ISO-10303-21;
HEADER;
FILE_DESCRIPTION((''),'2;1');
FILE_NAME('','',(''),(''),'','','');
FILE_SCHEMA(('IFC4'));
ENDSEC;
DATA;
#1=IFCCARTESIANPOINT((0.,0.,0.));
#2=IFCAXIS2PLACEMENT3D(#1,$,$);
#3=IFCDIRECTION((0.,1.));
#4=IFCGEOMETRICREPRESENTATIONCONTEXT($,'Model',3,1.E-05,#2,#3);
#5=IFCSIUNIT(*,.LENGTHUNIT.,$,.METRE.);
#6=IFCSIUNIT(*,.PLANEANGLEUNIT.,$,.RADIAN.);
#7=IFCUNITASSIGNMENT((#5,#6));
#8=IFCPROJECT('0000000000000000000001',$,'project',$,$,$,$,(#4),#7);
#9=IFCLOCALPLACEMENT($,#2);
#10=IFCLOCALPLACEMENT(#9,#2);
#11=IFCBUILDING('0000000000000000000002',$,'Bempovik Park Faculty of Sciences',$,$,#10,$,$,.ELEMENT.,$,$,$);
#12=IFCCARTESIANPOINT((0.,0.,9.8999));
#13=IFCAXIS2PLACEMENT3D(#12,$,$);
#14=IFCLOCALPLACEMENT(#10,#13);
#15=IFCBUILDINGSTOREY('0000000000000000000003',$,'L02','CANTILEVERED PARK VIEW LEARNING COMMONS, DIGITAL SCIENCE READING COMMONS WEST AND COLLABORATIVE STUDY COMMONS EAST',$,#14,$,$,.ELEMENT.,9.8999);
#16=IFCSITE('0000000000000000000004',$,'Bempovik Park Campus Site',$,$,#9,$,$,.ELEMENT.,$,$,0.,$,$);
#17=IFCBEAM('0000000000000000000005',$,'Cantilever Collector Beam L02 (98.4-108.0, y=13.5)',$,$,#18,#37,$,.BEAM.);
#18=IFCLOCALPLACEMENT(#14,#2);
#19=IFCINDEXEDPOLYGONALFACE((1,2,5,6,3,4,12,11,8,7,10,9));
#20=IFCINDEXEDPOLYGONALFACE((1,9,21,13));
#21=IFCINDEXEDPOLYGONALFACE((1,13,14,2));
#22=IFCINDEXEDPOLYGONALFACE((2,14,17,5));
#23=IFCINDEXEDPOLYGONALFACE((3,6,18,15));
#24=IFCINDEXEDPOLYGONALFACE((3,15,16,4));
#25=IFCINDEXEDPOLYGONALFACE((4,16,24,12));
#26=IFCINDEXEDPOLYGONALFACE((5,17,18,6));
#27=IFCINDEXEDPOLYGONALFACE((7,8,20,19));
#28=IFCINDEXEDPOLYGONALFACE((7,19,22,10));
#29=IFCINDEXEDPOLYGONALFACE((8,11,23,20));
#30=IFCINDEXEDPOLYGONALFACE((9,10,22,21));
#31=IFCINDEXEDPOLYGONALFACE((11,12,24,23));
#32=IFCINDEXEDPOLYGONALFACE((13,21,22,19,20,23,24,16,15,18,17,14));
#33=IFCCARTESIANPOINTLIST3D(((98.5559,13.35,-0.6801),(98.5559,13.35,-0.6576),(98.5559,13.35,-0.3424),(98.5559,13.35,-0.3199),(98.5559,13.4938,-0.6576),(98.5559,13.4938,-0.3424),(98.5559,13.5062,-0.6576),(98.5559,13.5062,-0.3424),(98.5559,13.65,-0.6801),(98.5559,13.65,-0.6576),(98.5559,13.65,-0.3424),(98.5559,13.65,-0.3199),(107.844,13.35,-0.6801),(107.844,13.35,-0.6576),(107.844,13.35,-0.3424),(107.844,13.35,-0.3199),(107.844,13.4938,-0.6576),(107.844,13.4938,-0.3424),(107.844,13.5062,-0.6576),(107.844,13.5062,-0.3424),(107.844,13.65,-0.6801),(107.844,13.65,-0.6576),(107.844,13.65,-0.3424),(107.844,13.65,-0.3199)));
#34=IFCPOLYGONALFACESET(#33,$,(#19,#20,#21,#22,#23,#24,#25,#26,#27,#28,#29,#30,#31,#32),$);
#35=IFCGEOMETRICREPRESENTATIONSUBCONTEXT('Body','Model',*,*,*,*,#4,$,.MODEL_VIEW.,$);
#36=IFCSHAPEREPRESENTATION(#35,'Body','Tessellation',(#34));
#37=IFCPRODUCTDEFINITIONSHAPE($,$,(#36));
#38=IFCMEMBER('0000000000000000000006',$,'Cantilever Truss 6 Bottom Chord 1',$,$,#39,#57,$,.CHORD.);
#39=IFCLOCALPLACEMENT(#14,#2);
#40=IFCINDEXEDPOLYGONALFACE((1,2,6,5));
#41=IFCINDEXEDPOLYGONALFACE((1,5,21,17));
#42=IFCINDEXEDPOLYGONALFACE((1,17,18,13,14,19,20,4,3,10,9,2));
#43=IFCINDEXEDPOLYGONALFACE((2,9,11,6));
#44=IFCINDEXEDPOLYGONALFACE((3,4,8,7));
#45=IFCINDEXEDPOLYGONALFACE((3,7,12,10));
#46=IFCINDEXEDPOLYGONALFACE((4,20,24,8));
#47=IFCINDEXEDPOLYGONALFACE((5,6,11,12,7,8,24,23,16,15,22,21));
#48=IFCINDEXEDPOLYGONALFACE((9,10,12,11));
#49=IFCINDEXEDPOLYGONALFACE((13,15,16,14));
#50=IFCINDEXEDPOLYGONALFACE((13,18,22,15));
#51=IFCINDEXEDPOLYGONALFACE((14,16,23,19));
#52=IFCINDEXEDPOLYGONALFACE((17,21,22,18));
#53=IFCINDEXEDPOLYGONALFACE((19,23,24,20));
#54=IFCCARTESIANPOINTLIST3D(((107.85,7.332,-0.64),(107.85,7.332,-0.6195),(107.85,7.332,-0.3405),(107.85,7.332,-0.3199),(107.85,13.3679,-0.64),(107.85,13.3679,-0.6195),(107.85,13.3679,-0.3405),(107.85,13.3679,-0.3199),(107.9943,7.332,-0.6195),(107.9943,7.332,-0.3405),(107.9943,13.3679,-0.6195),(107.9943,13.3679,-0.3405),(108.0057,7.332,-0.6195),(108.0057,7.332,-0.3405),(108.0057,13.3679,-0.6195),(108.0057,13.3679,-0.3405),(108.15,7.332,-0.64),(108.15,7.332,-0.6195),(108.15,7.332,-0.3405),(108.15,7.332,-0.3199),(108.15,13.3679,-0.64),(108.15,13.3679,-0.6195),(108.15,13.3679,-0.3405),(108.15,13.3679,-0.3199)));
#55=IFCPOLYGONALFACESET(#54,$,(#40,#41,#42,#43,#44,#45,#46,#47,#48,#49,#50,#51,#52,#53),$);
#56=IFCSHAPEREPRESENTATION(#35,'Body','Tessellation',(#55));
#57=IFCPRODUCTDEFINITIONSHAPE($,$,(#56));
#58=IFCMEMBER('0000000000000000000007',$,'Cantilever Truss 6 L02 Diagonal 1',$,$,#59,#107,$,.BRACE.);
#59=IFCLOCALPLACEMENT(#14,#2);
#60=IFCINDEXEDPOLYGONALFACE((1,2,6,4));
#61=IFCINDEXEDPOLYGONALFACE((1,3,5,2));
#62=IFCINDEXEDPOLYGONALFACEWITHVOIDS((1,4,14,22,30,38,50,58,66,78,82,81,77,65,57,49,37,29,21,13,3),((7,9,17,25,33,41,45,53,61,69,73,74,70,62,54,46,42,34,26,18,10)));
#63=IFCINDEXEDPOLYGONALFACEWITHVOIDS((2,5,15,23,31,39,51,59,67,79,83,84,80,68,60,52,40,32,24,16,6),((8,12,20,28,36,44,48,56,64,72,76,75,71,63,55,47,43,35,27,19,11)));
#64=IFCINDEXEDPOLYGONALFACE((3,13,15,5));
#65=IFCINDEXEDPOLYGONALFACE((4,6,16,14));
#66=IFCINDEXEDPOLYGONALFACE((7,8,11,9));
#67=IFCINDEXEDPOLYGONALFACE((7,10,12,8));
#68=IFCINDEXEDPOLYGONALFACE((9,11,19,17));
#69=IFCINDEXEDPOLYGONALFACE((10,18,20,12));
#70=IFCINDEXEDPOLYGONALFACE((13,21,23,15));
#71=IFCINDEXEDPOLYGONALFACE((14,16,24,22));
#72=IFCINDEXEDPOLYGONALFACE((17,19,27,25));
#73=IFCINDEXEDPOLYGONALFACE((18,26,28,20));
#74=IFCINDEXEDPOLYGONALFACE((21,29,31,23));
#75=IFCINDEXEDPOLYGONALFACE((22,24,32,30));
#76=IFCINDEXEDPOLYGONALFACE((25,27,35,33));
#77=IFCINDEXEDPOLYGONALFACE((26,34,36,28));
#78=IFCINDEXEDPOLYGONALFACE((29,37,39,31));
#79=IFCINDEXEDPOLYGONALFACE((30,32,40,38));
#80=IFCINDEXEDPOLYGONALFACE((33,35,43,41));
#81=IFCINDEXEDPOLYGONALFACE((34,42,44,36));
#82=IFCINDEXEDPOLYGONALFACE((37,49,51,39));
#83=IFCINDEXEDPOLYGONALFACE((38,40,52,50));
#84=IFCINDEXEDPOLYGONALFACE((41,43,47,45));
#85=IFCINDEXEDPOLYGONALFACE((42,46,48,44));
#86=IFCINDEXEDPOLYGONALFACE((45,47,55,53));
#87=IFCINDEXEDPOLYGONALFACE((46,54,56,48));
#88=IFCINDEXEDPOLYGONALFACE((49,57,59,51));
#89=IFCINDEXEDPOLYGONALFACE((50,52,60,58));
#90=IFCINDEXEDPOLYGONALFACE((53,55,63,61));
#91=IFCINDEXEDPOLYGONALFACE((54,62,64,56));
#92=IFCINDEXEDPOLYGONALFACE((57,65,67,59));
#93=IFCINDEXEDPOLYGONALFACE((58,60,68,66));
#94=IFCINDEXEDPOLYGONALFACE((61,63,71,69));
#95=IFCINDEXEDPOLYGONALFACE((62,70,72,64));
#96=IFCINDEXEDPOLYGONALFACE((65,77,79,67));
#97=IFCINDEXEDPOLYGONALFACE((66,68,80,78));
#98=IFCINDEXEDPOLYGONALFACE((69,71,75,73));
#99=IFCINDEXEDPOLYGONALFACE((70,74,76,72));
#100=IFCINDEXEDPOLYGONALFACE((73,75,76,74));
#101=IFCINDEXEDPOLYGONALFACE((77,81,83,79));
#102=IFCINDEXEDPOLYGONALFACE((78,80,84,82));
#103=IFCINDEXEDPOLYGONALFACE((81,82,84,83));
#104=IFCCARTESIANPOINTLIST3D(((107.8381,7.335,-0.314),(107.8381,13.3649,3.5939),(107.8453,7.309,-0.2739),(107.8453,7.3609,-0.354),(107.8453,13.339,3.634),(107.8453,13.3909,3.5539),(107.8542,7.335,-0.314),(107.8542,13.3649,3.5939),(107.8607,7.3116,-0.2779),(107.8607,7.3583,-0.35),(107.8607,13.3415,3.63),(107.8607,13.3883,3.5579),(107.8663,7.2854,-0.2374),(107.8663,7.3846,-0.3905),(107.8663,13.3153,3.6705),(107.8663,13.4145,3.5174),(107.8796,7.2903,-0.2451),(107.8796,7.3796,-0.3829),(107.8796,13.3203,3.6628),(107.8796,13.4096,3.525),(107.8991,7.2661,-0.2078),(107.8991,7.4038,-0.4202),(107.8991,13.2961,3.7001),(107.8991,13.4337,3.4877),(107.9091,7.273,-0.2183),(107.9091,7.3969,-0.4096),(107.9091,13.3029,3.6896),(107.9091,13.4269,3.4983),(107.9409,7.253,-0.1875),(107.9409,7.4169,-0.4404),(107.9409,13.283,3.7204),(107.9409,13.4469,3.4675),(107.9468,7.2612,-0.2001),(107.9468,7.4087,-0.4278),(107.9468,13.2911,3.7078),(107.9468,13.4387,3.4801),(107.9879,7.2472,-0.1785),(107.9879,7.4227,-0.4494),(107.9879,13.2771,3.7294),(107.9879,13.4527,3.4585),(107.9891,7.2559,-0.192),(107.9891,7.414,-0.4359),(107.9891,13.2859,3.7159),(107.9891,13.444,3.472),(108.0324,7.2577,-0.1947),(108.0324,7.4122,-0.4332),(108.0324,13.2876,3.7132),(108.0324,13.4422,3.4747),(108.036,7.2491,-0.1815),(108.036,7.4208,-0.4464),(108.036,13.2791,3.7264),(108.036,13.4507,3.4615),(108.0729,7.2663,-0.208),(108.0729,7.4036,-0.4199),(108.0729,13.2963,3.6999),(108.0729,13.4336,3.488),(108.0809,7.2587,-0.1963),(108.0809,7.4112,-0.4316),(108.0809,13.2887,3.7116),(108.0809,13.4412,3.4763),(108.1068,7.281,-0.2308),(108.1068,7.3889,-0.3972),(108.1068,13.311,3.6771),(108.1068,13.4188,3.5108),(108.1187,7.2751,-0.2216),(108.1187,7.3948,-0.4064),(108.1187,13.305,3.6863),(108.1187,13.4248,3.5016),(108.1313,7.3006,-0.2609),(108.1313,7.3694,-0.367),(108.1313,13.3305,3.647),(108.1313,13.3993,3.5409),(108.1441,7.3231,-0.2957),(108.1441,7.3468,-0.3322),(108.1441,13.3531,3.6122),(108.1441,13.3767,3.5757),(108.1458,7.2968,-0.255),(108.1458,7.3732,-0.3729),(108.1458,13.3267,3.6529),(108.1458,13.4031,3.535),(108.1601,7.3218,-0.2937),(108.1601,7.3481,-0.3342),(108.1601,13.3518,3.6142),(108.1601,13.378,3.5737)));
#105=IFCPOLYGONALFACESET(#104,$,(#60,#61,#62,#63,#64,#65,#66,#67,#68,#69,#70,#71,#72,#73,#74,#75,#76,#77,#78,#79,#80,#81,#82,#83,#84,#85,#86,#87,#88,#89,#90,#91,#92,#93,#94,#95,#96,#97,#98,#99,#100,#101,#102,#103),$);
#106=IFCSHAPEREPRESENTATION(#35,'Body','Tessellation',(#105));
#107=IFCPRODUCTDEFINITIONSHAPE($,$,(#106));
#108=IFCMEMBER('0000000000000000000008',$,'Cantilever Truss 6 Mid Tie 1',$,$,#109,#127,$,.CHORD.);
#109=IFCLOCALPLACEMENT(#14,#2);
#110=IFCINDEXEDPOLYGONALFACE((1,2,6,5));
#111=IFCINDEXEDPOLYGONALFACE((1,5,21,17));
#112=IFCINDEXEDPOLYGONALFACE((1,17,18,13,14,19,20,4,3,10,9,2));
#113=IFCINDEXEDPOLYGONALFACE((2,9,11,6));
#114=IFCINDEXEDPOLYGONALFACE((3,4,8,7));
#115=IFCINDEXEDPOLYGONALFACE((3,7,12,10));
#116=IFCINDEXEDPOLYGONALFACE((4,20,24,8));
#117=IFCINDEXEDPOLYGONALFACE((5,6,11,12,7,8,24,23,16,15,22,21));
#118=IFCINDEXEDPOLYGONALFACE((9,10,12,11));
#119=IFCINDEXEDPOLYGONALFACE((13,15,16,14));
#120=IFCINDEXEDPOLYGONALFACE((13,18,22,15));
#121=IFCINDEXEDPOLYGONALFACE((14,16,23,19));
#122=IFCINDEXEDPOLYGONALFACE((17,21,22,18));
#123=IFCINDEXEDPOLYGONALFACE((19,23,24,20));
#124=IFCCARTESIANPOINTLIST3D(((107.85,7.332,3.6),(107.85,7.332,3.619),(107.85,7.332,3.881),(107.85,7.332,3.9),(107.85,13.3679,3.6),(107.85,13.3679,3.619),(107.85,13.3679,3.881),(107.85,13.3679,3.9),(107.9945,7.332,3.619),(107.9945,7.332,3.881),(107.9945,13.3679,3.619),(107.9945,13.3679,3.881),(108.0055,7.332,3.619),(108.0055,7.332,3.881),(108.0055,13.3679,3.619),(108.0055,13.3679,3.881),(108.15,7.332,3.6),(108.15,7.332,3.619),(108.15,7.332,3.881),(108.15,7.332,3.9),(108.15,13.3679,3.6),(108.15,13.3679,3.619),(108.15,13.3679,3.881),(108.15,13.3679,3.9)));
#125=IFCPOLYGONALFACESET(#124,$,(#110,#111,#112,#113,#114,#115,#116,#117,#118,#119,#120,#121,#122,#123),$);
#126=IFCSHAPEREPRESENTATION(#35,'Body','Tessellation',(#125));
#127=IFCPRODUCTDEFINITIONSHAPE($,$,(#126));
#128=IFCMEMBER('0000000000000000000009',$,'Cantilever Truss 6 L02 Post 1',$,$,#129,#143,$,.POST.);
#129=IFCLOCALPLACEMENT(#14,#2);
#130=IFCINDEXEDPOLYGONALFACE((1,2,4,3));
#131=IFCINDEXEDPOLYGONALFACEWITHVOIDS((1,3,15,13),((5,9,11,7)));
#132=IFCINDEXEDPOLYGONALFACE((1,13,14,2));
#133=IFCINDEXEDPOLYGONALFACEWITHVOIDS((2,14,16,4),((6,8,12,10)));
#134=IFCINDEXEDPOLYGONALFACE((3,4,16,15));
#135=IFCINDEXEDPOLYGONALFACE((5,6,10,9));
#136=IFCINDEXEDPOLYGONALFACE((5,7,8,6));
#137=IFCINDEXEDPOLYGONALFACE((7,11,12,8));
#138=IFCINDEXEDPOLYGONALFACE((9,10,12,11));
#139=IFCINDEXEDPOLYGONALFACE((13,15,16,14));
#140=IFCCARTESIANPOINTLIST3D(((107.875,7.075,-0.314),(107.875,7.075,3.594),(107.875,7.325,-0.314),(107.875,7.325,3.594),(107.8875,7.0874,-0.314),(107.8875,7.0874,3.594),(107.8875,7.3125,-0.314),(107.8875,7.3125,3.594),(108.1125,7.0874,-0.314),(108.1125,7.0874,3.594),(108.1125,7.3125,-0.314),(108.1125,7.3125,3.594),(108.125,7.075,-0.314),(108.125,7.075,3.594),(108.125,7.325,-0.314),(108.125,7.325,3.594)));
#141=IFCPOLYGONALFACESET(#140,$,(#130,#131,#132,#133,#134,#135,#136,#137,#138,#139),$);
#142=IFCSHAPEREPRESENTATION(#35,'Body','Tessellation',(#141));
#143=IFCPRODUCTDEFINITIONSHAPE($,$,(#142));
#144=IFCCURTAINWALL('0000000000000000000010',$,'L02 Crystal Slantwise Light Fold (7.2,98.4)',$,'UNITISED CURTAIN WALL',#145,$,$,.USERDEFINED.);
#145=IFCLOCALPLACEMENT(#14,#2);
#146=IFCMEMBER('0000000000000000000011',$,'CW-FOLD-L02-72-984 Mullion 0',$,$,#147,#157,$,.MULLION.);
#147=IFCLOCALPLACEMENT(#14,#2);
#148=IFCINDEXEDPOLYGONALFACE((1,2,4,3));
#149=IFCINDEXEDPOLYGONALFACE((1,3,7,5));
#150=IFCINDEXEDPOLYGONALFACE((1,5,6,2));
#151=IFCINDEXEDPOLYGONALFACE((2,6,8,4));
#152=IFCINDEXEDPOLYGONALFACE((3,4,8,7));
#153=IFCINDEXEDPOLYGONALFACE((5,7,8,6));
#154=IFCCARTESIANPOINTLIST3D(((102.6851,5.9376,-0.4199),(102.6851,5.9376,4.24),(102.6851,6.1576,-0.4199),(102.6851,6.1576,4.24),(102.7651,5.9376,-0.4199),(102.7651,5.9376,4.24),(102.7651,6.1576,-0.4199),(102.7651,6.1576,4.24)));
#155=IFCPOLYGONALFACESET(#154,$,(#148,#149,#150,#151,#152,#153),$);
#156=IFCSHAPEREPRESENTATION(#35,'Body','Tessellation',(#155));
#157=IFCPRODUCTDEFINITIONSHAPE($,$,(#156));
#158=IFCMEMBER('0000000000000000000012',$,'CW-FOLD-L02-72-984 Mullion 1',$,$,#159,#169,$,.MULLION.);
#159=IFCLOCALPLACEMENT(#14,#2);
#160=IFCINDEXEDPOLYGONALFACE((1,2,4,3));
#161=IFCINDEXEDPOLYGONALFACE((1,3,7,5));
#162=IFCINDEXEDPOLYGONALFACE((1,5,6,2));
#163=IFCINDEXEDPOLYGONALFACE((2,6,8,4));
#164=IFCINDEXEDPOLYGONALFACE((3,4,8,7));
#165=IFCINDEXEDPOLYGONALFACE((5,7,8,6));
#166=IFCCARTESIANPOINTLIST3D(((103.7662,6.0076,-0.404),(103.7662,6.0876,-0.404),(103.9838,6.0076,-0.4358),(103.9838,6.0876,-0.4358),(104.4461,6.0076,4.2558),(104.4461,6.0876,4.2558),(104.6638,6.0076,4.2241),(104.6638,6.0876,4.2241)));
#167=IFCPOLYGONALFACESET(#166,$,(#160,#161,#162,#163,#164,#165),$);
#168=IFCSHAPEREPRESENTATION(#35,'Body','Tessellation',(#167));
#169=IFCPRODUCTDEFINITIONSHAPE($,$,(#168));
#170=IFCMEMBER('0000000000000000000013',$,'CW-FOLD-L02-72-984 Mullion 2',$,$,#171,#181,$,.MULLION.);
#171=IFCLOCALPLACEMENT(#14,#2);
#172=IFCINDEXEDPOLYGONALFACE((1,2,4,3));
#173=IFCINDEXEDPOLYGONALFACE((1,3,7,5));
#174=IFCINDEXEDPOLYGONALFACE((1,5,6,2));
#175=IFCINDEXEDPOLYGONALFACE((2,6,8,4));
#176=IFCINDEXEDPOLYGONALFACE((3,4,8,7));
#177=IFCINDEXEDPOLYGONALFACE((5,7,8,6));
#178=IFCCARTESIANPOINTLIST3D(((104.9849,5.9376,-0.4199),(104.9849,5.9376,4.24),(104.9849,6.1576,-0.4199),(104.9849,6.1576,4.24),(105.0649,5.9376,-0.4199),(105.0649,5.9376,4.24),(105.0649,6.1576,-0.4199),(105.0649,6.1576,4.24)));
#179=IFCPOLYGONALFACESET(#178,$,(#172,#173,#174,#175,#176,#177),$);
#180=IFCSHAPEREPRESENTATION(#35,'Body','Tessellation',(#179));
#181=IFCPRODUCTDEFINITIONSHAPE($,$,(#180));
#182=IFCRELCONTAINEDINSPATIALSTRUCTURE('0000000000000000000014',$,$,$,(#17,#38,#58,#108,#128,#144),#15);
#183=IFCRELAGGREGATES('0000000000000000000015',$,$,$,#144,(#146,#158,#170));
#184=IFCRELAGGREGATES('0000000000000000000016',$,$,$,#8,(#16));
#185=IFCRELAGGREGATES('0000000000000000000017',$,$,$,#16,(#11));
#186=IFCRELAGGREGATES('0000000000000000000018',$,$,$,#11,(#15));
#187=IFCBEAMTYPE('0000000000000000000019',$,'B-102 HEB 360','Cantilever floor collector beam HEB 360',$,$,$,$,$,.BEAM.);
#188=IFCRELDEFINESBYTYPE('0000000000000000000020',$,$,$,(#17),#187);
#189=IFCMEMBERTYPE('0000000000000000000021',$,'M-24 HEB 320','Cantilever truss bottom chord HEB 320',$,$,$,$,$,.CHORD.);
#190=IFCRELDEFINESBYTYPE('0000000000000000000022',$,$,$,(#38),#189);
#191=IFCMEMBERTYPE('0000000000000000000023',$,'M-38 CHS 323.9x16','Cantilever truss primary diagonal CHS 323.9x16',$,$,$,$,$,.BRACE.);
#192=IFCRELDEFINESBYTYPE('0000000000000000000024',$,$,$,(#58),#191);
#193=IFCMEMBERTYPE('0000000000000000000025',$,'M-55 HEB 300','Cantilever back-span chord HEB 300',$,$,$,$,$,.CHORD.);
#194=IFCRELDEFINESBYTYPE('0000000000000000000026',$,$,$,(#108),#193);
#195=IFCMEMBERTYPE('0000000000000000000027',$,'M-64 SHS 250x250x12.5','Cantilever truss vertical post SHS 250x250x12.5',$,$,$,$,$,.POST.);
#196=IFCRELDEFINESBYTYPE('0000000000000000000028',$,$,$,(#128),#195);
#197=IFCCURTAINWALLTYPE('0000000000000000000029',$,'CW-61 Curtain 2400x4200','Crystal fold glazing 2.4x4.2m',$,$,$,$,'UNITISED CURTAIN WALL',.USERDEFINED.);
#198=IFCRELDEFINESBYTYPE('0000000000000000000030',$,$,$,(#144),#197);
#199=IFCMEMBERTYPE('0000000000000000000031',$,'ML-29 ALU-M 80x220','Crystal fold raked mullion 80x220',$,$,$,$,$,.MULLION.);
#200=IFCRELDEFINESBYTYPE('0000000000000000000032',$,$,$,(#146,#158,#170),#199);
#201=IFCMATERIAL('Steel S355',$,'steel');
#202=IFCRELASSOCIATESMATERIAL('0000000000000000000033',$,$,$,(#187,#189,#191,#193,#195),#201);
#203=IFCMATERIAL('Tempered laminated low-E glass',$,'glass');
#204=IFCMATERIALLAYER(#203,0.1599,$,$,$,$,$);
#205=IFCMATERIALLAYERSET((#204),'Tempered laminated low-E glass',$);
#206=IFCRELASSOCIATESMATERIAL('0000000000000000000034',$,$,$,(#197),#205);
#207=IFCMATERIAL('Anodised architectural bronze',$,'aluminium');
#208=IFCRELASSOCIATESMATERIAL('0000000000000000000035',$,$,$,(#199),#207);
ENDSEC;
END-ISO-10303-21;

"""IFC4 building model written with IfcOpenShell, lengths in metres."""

from ifc_helpers import new_model, si_unit, direction, frame, origin, origin_2d, place, context, subcontext, project, spatial, rectangle, hollow_rectangle, hollow_circle, i_section, extrude, material, layer, layer_set, material_profile, profile_set, type_object, element, aggregate, save


model = new_model("IFC4")

# Units and contexts
model_context = context("Model", 3, precision=1e-05, world=origin(), true_north=direction((0.0, 1.0)))
body_context = subcontext(model_context, "Body", "Model", "MODEL_VIEW")
ifc_project = project(units=[si_unit("LENGTHUNIT", "METRE"), si_unit("PLANEANGLEUNIT", "RADIAN")], contexts=[model_context])

# Site, building, storey
site_placement = place(None, origin())
site = spatial("IfcSite", under=ifc_project, at=site_placement, Name="Bempovik Park Campus Site", CompositionType="ELEMENT", RefElevation=0.0)
building_placement = place(site_placement, origin())
building = spatial("IfcBuilding", under=site, at=building_placement, Name="Bempovik Park Faculty of Sciences", CompositionType="ELEMENT")
storey_placement = place(building_placement, frame((0.0, 0.0, 9.8999)))
storey = spatial("IfcBuildingStorey", under=building, at=storey_placement, Name="L02", Description="CANTILEVERED PARK VIEW LEARNING COMMONS, DIGITAL SCIENCE READING COMMONS WEST AND COLLABORATIVE STUDY COMMONS EAST", CompositionType="ELEMENT", Elevation=9.8999)

# Beam
ifc_material_1 = material(Name="Steel S355", Category="steel")
ifc_material_profile_1 = material_profile(ifc_material_1, i_section(OverallWidth=0.3, OverallDepth=0.3601, WebThickness=0.0125, FlangeThickness=0.0225, at=origin_2d()), Name="HEB 360")
ifc_profile_set_1 = profile_set([ifc_material_profile_1], Name="Steel S355")
beam_type = type_object("IfcBeamType", Name="B-102 HEB 360", Description="Cantilever floor collector beam HEB 360", PredefinedType="BEAM", material=ifc_profile_set_1)
beam_placement = place(storey_placement, frame((98.5559, 13.5, -0.5), z_axis=(1.0, 0.0, 0.0), x_axis=(0.0, 1.0, 0.0)))
element("IfcBeam", 1, at=beam_placement, inside=storey, type_object=beam_type, Name="Cantilever Collector Beam L02 (98.4-108.0, y=13.5)", PredefinedType="BEAM", context=body_context, shape_type="SweptSolid", body=[
    extrude(i_section(OverallWidth=0.3, OverallDepth=0.3601, WebThickness=0.0125, FlangeThickness=0.0225, at=origin_2d()), origin(), (0.0, 0.0, 1.0), 9.2881),
])

# Members
ifc_material_profile_2 = material_profile(ifc_material_1, i_section(OverallWidth=0.3, OverallDepth=0.3201, WebThickness=0.0115, FlangeThickness=0.0205, at=origin_2d()), Name="HEB 320")
ifc_profile_set_2 = profile_set([ifc_material_profile_2], Name="Steel S355")
member_type_1 = type_object("IfcMemberType", Name="M-24 HEB 320", Description="Cantilever truss bottom chord HEB 320", PredefinedType="CHORD", material=ifc_profile_set_2)
member_1_placement = place(storey_placement, frame((108.0, 7.332, -0.48), z_axis=(0.0, 1.0, 0.0), x_axis=(-1.0, 0.0, 0.0)))
element("IfcMember", 2, at=member_1_placement, inside=storey, type_object=member_type_1, Name="Cantilever Truss 6 Bottom Chord 1", PredefinedType="CHORD", context=body_context, shape_type="SweptSolid", body=[
    extrude(i_section(OverallWidth=0.3, OverallDepth=0.3201, WebThickness=0.0115, FlangeThickness=0.0205, at=origin_2d()), origin(), (0.0, 0.0, 1.0), 6.0359),
])
ifc_material_profile_3 = material_profile(ifc_material_1, hollow_circle(Radius=0.1619, WallThickness=0.0161, at=origin_2d()), Name="CHS 323.9x16")
ifc_profile_set_3 = profile_set([ifc_material_profile_3], Name="Steel S355")
member_type_2 = type_object("IfcMemberType", Name="M-38 CHS 323.9x16", Description="Cantilever truss primary diagonal CHS 323.9x16", PredefinedType="BRACE", material=ifc_profile_set_3)
member_2_placement = place(storey_placement, frame((108.0, 7.335, -0.314), z_axis=(0.0, 0.839178, 0.543857), x_axis=(-1.0, 0.0, 0.0)))
element("IfcMember", 3, at=member_2_placement, inside=storey, type_object=member_type_2, Name="Cantilever Truss 6 L02 Diagonal 1", PredefinedType="BRACE", context=body_context, shape_type="SweptSolid", body=[
    extrude(hollow_circle(Radius=0.1619, WallThickness=0.0161, at=origin_2d()), origin(), (0.0, 0.0, 1.0), 7.1855),
])
ifc_material_profile_4 = material_profile(ifc_material_1, i_section(OverallWidth=0.3, OverallDepth=0.3, WebThickness=0.011, FlangeThickness=0.019, at=origin_2d()), Name="HEB 300")
ifc_profile_set_4 = profile_set([ifc_material_profile_4], Name="Steel S355")
member_type_3 = type_object("IfcMemberType", Name="M-55 HEB 300", Description="Cantilever back-span chord HEB 300", PredefinedType="CHORD", material=ifc_profile_set_4)
member_3_placement = place(storey_placement, frame((108.0, 7.332, 3.75), z_axis=(0.0, 1.0, 0.0), x_axis=(-1.0, 0.0, 0.0)))
element("IfcMember", 4, at=member_3_placement, inside=storey, type_object=member_type_3, Name="Cantilever Truss 6 Mid Tie 1", PredefinedType="CHORD", context=body_context, shape_type="SweptSolid", body=[
    extrude(i_section(OverallWidth=0.3, OverallDepth=0.3, WebThickness=0.011, FlangeThickness=0.019, at=origin_2d()), origin(), (0.0, 0.0, 1.0), 6.0359),
])
ifc_material_profile_5 = material_profile(ifc_material_1, hollow_rectangle(XDim=0.25, YDim=0.25, WallThickness=0.0125, at=origin_2d()), Name="SHS 250x250x12.5")
ifc_profile_set_5 = profile_set([ifc_material_profile_5], Name="Steel S355")
member_type_4 = type_object("IfcMemberType", Name="M-64 SHS 250x250x12.5", Description="Cantilever truss vertical post SHS 250x250x12.5", PredefinedType="POST", material=ifc_profile_set_5)
member_4_placement = place(storey_placement, frame((108.0, 7.2, -0.314), z_axis=(0.0, 0.0, 1.0), x_axis=(1.0, 0.0, 0.0)))
element("IfcMember", 5, at=member_4_placement, inside=storey, type_object=member_type_4, Name="Cantilever Truss 6 L02 Post 1", PredefinedType="POST", context=body_context, shape_type="SweptSolid", body=[
    extrude(hollow_rectangle(XDim=0.25, YDim=0.25, WallThickness=0.0125, at=origin_2d()), origin(), (0.0, 0.0, 1.0), 3.908),
])

# Curtain wall, members
ifc_material_2 = material(Name="Tempered laminated low-E glass", Category="glass")
ifc_layer_1 = layer(ifc_material_2, 0.1599)
ifc_layer_set_1 = layer_set([ifc_layer_1], Name="Tempered laminated low-E glass")
curtain_wall_type = type_object("IfcCurtainWallType", Name="CW-61 Curtain 2400x4200", Description="Crystal fold glazing 2.4x4.2m", ElementType="UNITISED CURTAIN WALL", PredefinedType="USERDEFINED", material=ifc_layer_set_1)
curtain_wall_placement = place(storey_placement, origin())
curtain_wall = element("IfcCurtainWall", 6, at=curtain_wall_placement, inside=storey, type_object=curtain_wall_type, Name="L02 Crystal Slantwise Light Fold (7.2,98.4)", ObjectType="UNITISED CURTAIN WALL", PredefinedType="USERDEFINED")
ifc_material_3 = material(Name="Anodised architectural bronze", Category="aluminium")
ifc_material_profile_6 = material_profile(ifc_material_3, rectangle(XDim=0.0801, YDim=0.22, at=origin_2d()), Name="ALU-M 80x220")
ifc_profile_set_6 = profile_set([ifc_material_profile_6], Name="Anodised architectural bronze")
member_type_5 = type_object("IfcMemberType", Name="ML-29 ALU-M 80x220", Description="Crystal fold raked mullion 80x220", PredefinedType="MULLION", material=ifc_profile_set_6)
member_5_placement = place(storey_placement, frame((102.7251, 6.0476, -0.4199), z_axis=(0.0, 0.0, 1.0), x_axis=(1.0, 0.0, 0.0)))
member_5 = element("IfcMember", 7, at=member_5_placement, type_object=member_type_5, Name="CW-FOLD-L02-72-984 Mullion 0", PredefinedType="MULLION", context=body_context, shape_type="SweptSolid", body=[
    extrude(rectangle(XDim=0.0801, YDim=0.22, at=origin_2d()), origin(), (0.0, 0.0, 1.0), 4.6599),
])
member_6_placement = place(storey_placement, frame((103.875, 6.0476, -0.4199), z_axis=(0.144382, 0.0, 0.989522), x_axis=(0.0, 1.0, 0.0)))
member_6 = element("IfcMember", 8, at=member_6_placement, type_object=member_type_5, Name="CW-FOLD-L02-72-984 Mullion 1", PredefinedType="MULLION", context=body_context, shape_type="SweptSolid", body=[
    extrude(rectangle(XDim=0.0801, YDim=0.22, at=origin_2d()), origin(), (0.0, 0.0, 1.0), 4.7092),
])
member_7_placement = place(storey_placement, frame((105.0249, 6.0476, -0.4199), z_axis=(0.0, 0.0, 1.0), x_axis=(1.0, 0.0, 0.0)))
member_7 = element("IfcMember", 9, at=member_7_placement, type_object=member_type_5, Name="CW-FOLD-L02-72-984 Mullion 2", PredefinedType="MULLION", context=body_context, shape_type="SweptSolid", body=[
    extrude(rectangle(XDim=0.0801, YDim=0.22, at=origin_2d()), origin(), (0.0, 0.0, 1.0), 4.6599),
])
aggregate(curtain_wall, [member_5, member_6, member_7])

save(model, "model.ifc")
